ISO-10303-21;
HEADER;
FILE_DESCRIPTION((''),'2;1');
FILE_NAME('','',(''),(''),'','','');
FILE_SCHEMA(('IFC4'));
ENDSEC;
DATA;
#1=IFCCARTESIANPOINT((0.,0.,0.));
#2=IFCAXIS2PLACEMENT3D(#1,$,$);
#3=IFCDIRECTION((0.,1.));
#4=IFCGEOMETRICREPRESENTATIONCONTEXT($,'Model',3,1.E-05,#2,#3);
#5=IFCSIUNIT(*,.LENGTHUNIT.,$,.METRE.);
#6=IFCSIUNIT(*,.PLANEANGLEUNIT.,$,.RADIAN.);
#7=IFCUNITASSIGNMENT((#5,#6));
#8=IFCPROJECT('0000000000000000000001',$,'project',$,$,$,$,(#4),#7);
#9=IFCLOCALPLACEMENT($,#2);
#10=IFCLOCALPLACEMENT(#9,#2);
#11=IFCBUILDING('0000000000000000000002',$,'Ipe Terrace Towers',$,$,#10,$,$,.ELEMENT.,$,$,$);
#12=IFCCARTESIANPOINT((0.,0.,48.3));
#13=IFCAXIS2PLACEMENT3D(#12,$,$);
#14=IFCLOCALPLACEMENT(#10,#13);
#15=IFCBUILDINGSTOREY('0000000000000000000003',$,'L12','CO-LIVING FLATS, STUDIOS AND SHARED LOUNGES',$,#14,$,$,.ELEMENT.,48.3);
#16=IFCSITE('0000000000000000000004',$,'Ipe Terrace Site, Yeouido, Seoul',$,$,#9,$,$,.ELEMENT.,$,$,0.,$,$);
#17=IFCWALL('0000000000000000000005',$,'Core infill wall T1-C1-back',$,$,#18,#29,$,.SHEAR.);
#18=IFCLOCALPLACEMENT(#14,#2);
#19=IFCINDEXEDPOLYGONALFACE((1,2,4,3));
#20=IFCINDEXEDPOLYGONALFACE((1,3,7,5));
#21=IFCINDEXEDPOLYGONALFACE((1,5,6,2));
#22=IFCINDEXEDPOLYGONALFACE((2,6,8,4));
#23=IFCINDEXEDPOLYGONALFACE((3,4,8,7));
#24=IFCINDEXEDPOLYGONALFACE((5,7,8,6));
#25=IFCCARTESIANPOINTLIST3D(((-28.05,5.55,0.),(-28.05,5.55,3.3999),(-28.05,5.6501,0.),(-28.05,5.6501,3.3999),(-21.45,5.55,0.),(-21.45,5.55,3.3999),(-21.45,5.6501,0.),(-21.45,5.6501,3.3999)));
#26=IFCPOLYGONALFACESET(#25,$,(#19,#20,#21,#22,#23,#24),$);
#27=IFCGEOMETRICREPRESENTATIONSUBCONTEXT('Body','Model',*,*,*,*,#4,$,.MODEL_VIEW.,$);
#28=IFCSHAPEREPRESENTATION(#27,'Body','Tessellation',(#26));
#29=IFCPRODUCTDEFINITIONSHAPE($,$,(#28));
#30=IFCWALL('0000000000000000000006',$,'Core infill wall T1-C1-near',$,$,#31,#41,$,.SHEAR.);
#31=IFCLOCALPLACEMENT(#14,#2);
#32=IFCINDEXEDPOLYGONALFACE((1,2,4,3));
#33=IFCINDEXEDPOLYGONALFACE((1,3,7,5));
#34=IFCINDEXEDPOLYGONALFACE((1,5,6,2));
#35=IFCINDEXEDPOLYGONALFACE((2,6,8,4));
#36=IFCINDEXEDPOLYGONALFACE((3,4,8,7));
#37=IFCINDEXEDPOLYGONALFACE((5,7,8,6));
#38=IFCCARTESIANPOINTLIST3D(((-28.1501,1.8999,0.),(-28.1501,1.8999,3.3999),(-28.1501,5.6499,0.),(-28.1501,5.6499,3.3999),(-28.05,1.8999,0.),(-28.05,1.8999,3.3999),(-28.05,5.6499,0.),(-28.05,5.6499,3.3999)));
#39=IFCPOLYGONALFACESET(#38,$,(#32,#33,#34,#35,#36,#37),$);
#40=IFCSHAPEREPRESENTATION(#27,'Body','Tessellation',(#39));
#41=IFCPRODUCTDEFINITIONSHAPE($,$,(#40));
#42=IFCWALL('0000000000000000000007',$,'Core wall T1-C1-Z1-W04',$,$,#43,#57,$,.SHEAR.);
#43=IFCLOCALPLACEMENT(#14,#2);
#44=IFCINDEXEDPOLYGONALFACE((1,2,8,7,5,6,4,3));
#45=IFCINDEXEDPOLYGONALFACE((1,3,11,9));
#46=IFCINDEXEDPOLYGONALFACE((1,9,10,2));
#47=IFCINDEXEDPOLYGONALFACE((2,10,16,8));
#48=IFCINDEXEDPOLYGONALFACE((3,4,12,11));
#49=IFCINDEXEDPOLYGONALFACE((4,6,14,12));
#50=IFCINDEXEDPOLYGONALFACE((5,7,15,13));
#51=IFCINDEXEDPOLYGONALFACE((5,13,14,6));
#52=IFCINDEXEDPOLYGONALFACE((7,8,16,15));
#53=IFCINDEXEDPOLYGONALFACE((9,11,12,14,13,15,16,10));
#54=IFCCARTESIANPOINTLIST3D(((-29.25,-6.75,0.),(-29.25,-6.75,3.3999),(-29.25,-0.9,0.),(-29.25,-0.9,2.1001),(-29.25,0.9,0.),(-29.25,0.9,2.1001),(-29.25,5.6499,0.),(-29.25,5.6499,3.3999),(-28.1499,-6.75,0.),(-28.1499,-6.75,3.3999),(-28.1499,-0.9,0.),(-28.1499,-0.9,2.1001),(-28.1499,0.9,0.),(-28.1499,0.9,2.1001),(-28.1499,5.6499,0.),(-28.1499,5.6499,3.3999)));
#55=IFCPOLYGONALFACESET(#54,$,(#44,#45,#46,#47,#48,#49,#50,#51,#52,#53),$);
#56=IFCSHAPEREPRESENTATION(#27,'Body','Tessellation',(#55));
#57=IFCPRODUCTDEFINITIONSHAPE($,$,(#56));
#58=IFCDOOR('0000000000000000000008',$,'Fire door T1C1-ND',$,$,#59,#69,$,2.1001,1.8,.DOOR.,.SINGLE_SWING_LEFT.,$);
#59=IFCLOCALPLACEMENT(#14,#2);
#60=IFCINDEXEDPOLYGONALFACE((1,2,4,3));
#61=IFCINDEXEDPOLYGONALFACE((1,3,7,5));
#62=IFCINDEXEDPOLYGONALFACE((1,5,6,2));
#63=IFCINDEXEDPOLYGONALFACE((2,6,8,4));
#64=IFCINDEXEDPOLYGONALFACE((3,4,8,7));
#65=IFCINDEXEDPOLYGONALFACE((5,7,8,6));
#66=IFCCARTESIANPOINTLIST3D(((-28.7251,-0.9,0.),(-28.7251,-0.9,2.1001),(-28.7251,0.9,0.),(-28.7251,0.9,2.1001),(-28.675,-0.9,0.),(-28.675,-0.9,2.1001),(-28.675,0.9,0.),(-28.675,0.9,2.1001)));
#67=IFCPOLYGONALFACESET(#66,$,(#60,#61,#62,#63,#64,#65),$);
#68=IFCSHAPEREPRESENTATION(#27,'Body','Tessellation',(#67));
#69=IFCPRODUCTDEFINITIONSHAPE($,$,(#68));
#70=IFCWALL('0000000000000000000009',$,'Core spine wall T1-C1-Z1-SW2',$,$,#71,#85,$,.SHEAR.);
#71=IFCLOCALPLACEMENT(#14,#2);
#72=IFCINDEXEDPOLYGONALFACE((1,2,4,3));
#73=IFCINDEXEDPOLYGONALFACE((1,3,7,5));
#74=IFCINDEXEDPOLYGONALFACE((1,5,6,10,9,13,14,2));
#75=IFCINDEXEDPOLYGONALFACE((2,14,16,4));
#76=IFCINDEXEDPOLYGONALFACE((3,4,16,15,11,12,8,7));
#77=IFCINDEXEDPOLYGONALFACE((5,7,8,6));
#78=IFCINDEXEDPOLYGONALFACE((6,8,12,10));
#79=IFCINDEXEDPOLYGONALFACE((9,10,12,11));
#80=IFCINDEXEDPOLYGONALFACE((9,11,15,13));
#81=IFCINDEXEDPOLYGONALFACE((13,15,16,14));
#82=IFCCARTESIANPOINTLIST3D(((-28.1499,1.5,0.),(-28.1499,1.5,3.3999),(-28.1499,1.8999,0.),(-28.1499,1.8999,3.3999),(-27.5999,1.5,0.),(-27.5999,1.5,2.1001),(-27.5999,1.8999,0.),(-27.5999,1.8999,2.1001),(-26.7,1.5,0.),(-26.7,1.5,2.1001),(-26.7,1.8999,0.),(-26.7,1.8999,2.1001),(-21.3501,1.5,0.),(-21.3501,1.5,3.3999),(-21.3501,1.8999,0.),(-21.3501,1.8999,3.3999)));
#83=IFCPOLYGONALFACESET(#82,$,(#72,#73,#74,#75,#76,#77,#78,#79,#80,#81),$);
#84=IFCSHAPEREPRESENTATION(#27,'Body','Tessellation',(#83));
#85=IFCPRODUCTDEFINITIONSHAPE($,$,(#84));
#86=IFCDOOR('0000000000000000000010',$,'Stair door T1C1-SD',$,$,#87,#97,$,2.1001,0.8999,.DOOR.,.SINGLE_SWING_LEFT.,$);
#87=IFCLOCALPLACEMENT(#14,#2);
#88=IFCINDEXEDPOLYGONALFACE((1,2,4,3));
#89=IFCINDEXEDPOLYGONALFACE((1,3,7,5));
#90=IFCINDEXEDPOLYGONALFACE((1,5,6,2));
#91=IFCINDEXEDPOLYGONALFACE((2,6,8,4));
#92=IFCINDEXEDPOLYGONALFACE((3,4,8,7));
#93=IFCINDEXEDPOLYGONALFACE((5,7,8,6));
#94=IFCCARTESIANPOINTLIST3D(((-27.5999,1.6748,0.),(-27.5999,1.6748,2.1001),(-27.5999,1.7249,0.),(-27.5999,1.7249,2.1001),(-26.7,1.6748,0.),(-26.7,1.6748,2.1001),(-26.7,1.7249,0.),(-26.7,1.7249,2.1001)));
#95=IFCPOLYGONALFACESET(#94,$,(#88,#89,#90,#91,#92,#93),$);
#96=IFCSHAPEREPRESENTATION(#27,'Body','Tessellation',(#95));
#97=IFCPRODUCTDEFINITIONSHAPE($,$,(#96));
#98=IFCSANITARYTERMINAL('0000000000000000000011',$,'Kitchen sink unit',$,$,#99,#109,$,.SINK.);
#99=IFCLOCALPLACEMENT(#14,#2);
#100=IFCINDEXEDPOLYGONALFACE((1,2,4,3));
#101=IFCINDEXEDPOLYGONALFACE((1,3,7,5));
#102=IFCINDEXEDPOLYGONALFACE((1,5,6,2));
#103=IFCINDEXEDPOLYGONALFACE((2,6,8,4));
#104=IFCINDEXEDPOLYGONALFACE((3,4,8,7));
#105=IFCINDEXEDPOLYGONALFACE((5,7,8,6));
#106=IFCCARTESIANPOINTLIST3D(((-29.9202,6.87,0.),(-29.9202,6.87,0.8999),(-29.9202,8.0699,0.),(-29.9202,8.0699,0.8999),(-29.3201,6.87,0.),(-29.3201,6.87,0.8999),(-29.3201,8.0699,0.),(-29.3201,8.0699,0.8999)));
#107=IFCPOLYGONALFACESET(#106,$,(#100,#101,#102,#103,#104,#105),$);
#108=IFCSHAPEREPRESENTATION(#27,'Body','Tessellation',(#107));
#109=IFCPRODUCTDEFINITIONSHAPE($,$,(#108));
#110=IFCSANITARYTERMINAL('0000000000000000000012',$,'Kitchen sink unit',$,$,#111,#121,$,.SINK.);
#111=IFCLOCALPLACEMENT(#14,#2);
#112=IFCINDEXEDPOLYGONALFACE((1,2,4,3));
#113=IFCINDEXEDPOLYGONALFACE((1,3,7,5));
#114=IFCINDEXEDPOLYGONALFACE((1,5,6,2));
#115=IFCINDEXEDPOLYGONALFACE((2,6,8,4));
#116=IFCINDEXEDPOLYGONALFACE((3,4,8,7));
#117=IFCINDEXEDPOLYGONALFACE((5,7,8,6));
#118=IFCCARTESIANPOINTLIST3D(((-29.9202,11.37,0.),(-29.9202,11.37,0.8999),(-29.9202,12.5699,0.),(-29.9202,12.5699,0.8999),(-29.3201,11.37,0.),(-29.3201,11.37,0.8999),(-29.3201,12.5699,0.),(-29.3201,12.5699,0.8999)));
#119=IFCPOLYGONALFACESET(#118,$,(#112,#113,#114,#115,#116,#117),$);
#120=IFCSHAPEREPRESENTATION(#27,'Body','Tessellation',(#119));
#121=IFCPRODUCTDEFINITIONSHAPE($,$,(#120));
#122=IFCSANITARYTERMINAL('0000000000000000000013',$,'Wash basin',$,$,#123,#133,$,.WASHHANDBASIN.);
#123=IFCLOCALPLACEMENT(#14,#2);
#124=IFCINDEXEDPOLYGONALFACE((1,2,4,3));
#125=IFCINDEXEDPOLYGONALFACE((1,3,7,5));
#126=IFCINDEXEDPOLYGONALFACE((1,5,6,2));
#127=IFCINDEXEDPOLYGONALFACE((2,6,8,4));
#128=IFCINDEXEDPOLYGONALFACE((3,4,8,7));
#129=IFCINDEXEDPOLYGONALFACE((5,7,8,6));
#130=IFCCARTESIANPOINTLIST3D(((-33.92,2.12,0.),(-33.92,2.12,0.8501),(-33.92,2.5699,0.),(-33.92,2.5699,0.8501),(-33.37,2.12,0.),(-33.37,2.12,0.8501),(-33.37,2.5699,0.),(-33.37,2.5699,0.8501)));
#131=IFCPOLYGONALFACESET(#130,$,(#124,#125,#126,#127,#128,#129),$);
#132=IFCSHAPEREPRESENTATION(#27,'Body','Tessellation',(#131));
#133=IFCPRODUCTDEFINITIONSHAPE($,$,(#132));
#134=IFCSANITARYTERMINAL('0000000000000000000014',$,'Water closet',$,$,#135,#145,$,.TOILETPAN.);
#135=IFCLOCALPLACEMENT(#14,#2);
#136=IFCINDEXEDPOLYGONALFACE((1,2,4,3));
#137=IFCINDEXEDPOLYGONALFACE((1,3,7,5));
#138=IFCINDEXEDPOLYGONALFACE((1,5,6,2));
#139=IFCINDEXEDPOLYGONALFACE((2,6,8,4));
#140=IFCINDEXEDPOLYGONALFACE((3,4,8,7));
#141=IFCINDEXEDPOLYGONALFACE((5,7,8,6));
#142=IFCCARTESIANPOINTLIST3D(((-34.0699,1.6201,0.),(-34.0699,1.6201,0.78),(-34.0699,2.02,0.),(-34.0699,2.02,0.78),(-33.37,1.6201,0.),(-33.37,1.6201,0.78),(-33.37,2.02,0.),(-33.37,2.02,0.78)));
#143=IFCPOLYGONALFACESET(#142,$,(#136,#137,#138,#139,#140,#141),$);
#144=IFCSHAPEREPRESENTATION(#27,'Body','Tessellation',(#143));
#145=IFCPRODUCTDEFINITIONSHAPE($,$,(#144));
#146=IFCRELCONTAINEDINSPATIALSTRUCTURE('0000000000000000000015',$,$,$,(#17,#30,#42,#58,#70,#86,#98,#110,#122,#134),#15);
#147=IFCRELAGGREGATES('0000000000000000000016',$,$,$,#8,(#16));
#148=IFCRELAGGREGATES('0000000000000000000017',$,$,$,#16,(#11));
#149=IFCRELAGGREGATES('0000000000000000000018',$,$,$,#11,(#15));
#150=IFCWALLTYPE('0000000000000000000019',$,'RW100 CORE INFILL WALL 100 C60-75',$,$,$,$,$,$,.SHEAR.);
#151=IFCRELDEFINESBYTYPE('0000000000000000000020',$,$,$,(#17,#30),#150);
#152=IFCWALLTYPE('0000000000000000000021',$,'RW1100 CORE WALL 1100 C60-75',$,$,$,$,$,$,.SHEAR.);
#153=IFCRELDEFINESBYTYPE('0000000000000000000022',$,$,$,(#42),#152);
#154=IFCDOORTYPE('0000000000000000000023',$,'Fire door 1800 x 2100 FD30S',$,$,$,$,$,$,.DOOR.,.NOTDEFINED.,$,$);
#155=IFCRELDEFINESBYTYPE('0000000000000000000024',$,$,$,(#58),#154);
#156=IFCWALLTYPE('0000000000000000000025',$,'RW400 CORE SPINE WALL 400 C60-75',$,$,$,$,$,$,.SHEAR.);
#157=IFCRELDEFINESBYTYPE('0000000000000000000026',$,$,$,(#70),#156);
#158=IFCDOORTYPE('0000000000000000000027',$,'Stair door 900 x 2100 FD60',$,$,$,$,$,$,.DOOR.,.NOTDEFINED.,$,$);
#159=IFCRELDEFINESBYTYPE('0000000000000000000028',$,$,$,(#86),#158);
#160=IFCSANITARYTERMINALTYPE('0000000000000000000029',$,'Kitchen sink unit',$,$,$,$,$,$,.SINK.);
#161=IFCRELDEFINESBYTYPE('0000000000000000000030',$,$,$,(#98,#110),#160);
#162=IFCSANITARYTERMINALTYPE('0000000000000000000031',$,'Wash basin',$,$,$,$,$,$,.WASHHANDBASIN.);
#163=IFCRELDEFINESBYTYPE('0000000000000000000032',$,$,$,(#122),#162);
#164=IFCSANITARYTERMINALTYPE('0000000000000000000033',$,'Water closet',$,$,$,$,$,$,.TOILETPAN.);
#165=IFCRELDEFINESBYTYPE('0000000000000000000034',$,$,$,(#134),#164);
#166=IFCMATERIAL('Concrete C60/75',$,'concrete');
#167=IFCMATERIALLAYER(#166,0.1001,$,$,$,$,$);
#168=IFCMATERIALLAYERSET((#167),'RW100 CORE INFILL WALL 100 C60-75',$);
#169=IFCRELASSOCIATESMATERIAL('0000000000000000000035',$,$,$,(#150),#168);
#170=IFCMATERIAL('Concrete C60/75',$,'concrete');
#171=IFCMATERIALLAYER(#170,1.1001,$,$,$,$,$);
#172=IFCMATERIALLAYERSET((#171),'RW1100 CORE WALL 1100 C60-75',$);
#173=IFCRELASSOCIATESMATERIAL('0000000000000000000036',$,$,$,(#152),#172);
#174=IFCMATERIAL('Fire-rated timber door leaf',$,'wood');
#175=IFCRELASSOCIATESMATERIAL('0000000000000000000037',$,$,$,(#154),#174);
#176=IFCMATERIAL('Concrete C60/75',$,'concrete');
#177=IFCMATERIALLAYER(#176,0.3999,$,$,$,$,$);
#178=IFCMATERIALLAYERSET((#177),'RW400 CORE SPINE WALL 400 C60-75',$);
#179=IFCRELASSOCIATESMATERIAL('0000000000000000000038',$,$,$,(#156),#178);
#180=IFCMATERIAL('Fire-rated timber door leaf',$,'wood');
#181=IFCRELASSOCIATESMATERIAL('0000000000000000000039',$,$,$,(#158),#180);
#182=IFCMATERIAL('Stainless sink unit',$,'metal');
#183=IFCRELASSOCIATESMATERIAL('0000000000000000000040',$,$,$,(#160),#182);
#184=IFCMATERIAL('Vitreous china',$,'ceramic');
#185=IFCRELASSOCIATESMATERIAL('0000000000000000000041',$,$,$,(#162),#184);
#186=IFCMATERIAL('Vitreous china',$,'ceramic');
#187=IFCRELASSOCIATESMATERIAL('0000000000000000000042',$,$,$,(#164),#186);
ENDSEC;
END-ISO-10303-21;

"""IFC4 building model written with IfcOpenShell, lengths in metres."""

from ifc_helpers import new_model, si_unit, direction, frame, frame_2d, origin, origin_2d, place, context, subcontext, project, spatial, rectangle, extrude, material, layer, layer_set, type_object, element, fill, save


model = new_model("IFC4")

# Units and contexts
model_context = context("Model", 3, precision=1e-05, world=origin(), true_north=direction((0.0, 1.0)))
body_context = subcontext(model_context, "Body", "Model", "MODEL_VIEW")
ifc_project = project(units=[si_unit("LENGTHUNIT", "METRE"), si_unit("PLANEANGLEUNIT", "RADIAN")], contexts=[model_context])

# Site, building, storey
site_placement = place(None, origin())
site = spatial("IfcSite", under=ifc_project, at=site_placement, Name="Ipe Terrace Site, Yeouido, Seoul", CompositionType="ELEMENT", RefElevation=0.0)
building_placement = place(site_placement, origin())
building = spatial("IfcBuilding", under=site, at=building_placement, Name="Ipe Terrace Towers", CompositionType="ELEMENT")
storey_placement = place(building_placement, frame((0.0, 0.0, 48.3)))
storey = spatial("IfcBuildingStorey", under=building, at=storey_placement, Name="L12", Description="CO-LIVING FLATS, STUDIOS AND SHARED LOUNGES", CompositionType="ELEMENT", Elevation=48.3)

# Walls
ifc_material_1 = material(Name="Concrete C60/75", Category="concrete")
ifc_layer_1 = layer(ifc_material_1, 0.1001)
ifc_layer_set_1 = layer_set([ifc_layer_1], Name="RW100 CORE INFILL WALL 100 C60-75")
wall_type_1 = type_object("IfcWallType", Name="RW100 CORE INFILL WALL 100 C60-75", PredefinedType="SHEAR", material=ifc_layer_set_1)
wall_1_placement = place(storey_placement, frame((-28.05, 5.6001, 0.0), z_axis=(0.0, 0.0, 1.0), x_axis=(1.0, 0.0, 0.0)))
element("IfcWall", 1, at=wall_1_placement, inside=storey, type_object=wall_type_1, Name="Core infill wall T1-C1-back", PredefinedType="SHEAR", context=body_context, shape_type="SweptSolid", body=[
    extrude(rectangle(XDim=6.6001, YDim=0.1001, at=frame_2d((3.3, 0.0))), origin(), (0.0, 0.0, 1.0), 3.3999),
])
wall_2_placement = place(storey_placement, frame((-28.1001, 1.8999, 0.0), z_axis=(0.0, 0.0, 1.0), x_axis=(0.0, 1.0, 0.0)))
element("IfcWall", 2, at=wall_2_placement, inside=storey, type_object=wall_type_1, Name="Core infill wall T1-C1-near", PredefinedType="SHEAR", context=body_context, shape_type="SweptSolid", body=[
    extrude(rectangle(XDim=3.75, YDim=0.1001, at=frame_2d((1.875, 0.0))), origin(), (0.0, 0.0, 1.0), 3.3999),
])

# Walls, openings, doors
ifc_material_2 = material(Name="Concrete C60/75", Category="concrete")
ifc_layer_2 = layer(ifc_material_2, 1.1001)
ifc_layer_set_2 = layer_set([ifc_layer_2], Name="RW1100 CORE WALL 1100 C60-75")
wall_type_2 = type_object("IfcWallType", Name="RW1100 CORE WALL 1100 C60-75", PredefinedType="SHEAR", material=ifc_layer_set_2)
wall_3_placement = place(storey_placement, frame((-28.7, 5.6499, 0.0), z_axis=(0.0, 0.0, 1.0), x_axis=(0.0, -1.0, 0.0)))
wall_3 = element("IfcWall", 3, at=wall_3_placement, inside=storey, type_object=wall_type_2, Name="Core wall T1-C1-Z1-W04", PredefinedType="SHEAR", context=body_context, shape_type="SweptSolid", body=[
    extrude(rectangle(XDim=12.3999, YDim=1.1001, at=frame_2d((6.2, 0.0))), origin(), (0.0, 0.0, 1.0), 3.3999),
])
opening_1_placement = place(wall_3_placement, frame((4.75, 0.0, 0.0)))
opening_1 = element("IfcOpeningElement", 4, at=opening_1_placement, cuts=wall_3, PredefinedType="OPENING", context=body_context, shape_type="SweptSolid", body=[
    extrude(rectangle(XDim=1.8, YDim=2.1001, at=frame_2d((0.8999, 1.05))), frame((0.0, 0.5601, 0.0), z_axis=(0.0, -1.0, 0.0), x_axis=(1.0, 0.0, 0.0)), (0.0, 0.0, 1.0), 1.1201),
])
ifc_material_3 = material(Name="Fire-rated timber door leaf", Category="wood")
door_type_1 = type_object("IfcDoorType", Name="Fire door 1800 x 2100 FD30S", OperationType="NOTDEFINED", PredefinedType="DOOR", material=ifc_material_3)
door_1_placement = place(opening_1_placement, origin())
door_1 = element("IfcDoor", 5, at=door_1_placement, inside=storey, type_object=door_type_1, Name="Fire door T1C1-ND", OperationType="SINGLE_SWING_LEFT", OverallHeight=2.1001, OverallWidth=1.8, PredefinedType="DOOR", context=body_context, shape_type="SweptSolid", body=[
    extrude(rectangle(XDim=1.8, YDim=2.1001, at=frame_2d((0.8999, 1.05))), frame((0.0, 0.0249, 0.0), z_axis=(0.0, -1.0, 0.0), x_axis=(1.0, 0.0, 0.0)), (0.0, 0.0, 1.0), 0.05),
])
fill(opening_1, door_1)
ifc_material_4 = material(Name="Concrete C60/75", Category="concrete")
ifc_layer_3 = layer(ifc_material_4, 0.3999)
ifc_layer_set_3 = layer_set([ifc_layer_3], Name="RW400 CORE SPINE WALL 400 C60-75")
wall_type_3 = type_object("IfcWallType", Name="RW400 CORE SPINE WALL 400 C60-75", PredefinedType="SHEAR", material=ifc_layer_set_3)
wall_4_placement = place(storey_placement, frame((-28.1499, 1.7, 0.0), z_axis=(0.0, 0.0, 1.0), x_axis=(1.0, 0.0, 0.0)))
wall_4 = element("IfcWall", 6, at=wall_4_placement, inside=storey, type_object=wall_type_3, Name="Core spine wall T1-C1-Z1-SW2", PredefinedType="SHEAR", context=body_context, shape_type="SweptSolid", body=[
    extrude(rectangle(XDim=6.7998, YDim=0.3999, at=frame_2d((3.3999, 0.0))), origin(), (0.0, 0.0, 1.0), 3.3999),
])
opening_2_placement = place(wall_4_placement, frame((0.55, 0.0, 0.0)))
opening_2 = element("IfcOpeningElement", 7, at=opening_2_placement, cuts=wall_4, PredefinedType="OPENING", context=body_context, shape_type="SweptSolid", body=[
    extrude(rectangle(XDim=0.8999, YDim=2.1001, at=frame_2d((0.45, 1.05))), frame((0.0, 0.21, 0.0), z_axis=(0.0, -1.0, 0.0), x_axis=(1.0, 0.0, 0.0)), (0.0, 0.0, 1.0), 0.4199),
])
ifc_material_5 = material(Name="Fire-rated timber door leaf", Category="wood")
door_type_2 = type_object("IfcDoorType", Name="Stair door 900 x 2100 FD60", OperationType="NOTDEFINED", PredefinedType="DOOR", material=ifc_material_5)
door_2_placement = place(opening_2_placement, origin())
door_2 = element("IfcDoor", 8, at=door_2_placement, inside=storey, type_object=door_type_2, Name="Stair door T1C1-SD", OperationType="SINGLE_SWING_LEFT", OverallHeight=2.1001, OverallWidth=0.8999, PredefinedType="DOOR", context=body_context, shape_type="SweptSolid", body=[
    extrude(rectangle(XDim=0.8999, YDim=2.1001, at=frame_2d((0.45, 1.05))), frame((0.0, 0.0249, 0.0), z_axis=(0.0, -1.0, 0.0), x_axis=(1.0, 0.0, 0.0)), (0.0, 0.0, 1.0), 0.05),
])
fill(opening_2, door_2)

# Sanitary terminals
ifc_material_6 = material(Name="Stainless sink unit", Category="metal")
sanitary_terminal_type_1 = type_object("IfcSanitaryTerminalType", Name="Kitchen sink unit", PredefinedType="SINK", material=ifc_material_6)
for number, where, z_axis, x_axis, name in (
    (9, (-29.6201, 7.47, 0.0), (0.0, 0.0, 1.0), (0.0, -1.0, 0.0), "Kitchen sink unit"),
    (10, (-29.6201, 11.97, 0.0), (0.0, 0.0, 1.0), (0.0, -1.0, 0.0), "Kitchen sink unit"),
):
    element("IfcSanitaryTerminal", number, at=place(storey_placement, frame(where, z_axis=z_axis, x_axis=x_axis)), inside=storey, type_object=sanitary_terminal_type_1, Name=name, PredefinedType="SINK", context=body_context, shape_type="SweptSolid", body=[
        extrude(rectangle(XDim=1.2, YDim=0.6001, at=origin_2d()), origin(), (0.0, 0.0, 1.0), 0.8999),
    ])
ifc_material_7 = material(Name="Vitreous china", Category="ceramic")
sanitary_terminal_type_2 = type_object("IfcSanitaryTerminalType", Name="Wash basin", PredefinedType="WASHHANDBASIN", material=ifc_material_7)
sanitary_terminal_1_placement = place(storey_placement, frame((-33.645, 2.345, 0.0), z_axis=(0.0, 0.0, 1.0), x_axis=(-1.0, 0.0, 0.0)))
element("IfcSanitaryTerminal", 11, at=sanitary_terminal_1_placement, inside=storey, type_object=sanitary_terminal_type_2, Name="Wash basin", PredefinedType="WASHHANDBASIN", context=body_context, shape_type="SweptSolid", body=[
    extrude(rectangle(XDim=0.55, YDim=0.45, at=origin_2d()), origin(), (0.0, 0.0, 1.0), 0.8501),
])
ifc_material_8 = material(Name="Vitreous china", Category="ceramic")
sanitary_terminal_type_3 = type_object("IfcSanitaryTerminalType", Name="Water closet", PredefinedType="TOILETPAN", material=ifc_material_8)
sanitary_terminal_2_placement = place(storey_placement, frame((-33.72, 1.8201, 0.0), z_axis=(0.0, 0.0, 1.0), x_axis=(-1.0, 0.0, 0.0)))
element("IfcSanitaryTerminal", 12, at=sanitary_terminal_2_placement, inside=storey, type_object=sanitary_terminal_type_3, Name="Water closet", PredefinedType="TOILETPAN", context=body_context, shape_type="SweptSolid", body=[
    extrude(rectangle(XDim=0.7, YDim=0.3999, at=origin_2d()), origin(), (0.0, 0.0, 1.0), 0.78),
])

save(model, "model.ifc")
